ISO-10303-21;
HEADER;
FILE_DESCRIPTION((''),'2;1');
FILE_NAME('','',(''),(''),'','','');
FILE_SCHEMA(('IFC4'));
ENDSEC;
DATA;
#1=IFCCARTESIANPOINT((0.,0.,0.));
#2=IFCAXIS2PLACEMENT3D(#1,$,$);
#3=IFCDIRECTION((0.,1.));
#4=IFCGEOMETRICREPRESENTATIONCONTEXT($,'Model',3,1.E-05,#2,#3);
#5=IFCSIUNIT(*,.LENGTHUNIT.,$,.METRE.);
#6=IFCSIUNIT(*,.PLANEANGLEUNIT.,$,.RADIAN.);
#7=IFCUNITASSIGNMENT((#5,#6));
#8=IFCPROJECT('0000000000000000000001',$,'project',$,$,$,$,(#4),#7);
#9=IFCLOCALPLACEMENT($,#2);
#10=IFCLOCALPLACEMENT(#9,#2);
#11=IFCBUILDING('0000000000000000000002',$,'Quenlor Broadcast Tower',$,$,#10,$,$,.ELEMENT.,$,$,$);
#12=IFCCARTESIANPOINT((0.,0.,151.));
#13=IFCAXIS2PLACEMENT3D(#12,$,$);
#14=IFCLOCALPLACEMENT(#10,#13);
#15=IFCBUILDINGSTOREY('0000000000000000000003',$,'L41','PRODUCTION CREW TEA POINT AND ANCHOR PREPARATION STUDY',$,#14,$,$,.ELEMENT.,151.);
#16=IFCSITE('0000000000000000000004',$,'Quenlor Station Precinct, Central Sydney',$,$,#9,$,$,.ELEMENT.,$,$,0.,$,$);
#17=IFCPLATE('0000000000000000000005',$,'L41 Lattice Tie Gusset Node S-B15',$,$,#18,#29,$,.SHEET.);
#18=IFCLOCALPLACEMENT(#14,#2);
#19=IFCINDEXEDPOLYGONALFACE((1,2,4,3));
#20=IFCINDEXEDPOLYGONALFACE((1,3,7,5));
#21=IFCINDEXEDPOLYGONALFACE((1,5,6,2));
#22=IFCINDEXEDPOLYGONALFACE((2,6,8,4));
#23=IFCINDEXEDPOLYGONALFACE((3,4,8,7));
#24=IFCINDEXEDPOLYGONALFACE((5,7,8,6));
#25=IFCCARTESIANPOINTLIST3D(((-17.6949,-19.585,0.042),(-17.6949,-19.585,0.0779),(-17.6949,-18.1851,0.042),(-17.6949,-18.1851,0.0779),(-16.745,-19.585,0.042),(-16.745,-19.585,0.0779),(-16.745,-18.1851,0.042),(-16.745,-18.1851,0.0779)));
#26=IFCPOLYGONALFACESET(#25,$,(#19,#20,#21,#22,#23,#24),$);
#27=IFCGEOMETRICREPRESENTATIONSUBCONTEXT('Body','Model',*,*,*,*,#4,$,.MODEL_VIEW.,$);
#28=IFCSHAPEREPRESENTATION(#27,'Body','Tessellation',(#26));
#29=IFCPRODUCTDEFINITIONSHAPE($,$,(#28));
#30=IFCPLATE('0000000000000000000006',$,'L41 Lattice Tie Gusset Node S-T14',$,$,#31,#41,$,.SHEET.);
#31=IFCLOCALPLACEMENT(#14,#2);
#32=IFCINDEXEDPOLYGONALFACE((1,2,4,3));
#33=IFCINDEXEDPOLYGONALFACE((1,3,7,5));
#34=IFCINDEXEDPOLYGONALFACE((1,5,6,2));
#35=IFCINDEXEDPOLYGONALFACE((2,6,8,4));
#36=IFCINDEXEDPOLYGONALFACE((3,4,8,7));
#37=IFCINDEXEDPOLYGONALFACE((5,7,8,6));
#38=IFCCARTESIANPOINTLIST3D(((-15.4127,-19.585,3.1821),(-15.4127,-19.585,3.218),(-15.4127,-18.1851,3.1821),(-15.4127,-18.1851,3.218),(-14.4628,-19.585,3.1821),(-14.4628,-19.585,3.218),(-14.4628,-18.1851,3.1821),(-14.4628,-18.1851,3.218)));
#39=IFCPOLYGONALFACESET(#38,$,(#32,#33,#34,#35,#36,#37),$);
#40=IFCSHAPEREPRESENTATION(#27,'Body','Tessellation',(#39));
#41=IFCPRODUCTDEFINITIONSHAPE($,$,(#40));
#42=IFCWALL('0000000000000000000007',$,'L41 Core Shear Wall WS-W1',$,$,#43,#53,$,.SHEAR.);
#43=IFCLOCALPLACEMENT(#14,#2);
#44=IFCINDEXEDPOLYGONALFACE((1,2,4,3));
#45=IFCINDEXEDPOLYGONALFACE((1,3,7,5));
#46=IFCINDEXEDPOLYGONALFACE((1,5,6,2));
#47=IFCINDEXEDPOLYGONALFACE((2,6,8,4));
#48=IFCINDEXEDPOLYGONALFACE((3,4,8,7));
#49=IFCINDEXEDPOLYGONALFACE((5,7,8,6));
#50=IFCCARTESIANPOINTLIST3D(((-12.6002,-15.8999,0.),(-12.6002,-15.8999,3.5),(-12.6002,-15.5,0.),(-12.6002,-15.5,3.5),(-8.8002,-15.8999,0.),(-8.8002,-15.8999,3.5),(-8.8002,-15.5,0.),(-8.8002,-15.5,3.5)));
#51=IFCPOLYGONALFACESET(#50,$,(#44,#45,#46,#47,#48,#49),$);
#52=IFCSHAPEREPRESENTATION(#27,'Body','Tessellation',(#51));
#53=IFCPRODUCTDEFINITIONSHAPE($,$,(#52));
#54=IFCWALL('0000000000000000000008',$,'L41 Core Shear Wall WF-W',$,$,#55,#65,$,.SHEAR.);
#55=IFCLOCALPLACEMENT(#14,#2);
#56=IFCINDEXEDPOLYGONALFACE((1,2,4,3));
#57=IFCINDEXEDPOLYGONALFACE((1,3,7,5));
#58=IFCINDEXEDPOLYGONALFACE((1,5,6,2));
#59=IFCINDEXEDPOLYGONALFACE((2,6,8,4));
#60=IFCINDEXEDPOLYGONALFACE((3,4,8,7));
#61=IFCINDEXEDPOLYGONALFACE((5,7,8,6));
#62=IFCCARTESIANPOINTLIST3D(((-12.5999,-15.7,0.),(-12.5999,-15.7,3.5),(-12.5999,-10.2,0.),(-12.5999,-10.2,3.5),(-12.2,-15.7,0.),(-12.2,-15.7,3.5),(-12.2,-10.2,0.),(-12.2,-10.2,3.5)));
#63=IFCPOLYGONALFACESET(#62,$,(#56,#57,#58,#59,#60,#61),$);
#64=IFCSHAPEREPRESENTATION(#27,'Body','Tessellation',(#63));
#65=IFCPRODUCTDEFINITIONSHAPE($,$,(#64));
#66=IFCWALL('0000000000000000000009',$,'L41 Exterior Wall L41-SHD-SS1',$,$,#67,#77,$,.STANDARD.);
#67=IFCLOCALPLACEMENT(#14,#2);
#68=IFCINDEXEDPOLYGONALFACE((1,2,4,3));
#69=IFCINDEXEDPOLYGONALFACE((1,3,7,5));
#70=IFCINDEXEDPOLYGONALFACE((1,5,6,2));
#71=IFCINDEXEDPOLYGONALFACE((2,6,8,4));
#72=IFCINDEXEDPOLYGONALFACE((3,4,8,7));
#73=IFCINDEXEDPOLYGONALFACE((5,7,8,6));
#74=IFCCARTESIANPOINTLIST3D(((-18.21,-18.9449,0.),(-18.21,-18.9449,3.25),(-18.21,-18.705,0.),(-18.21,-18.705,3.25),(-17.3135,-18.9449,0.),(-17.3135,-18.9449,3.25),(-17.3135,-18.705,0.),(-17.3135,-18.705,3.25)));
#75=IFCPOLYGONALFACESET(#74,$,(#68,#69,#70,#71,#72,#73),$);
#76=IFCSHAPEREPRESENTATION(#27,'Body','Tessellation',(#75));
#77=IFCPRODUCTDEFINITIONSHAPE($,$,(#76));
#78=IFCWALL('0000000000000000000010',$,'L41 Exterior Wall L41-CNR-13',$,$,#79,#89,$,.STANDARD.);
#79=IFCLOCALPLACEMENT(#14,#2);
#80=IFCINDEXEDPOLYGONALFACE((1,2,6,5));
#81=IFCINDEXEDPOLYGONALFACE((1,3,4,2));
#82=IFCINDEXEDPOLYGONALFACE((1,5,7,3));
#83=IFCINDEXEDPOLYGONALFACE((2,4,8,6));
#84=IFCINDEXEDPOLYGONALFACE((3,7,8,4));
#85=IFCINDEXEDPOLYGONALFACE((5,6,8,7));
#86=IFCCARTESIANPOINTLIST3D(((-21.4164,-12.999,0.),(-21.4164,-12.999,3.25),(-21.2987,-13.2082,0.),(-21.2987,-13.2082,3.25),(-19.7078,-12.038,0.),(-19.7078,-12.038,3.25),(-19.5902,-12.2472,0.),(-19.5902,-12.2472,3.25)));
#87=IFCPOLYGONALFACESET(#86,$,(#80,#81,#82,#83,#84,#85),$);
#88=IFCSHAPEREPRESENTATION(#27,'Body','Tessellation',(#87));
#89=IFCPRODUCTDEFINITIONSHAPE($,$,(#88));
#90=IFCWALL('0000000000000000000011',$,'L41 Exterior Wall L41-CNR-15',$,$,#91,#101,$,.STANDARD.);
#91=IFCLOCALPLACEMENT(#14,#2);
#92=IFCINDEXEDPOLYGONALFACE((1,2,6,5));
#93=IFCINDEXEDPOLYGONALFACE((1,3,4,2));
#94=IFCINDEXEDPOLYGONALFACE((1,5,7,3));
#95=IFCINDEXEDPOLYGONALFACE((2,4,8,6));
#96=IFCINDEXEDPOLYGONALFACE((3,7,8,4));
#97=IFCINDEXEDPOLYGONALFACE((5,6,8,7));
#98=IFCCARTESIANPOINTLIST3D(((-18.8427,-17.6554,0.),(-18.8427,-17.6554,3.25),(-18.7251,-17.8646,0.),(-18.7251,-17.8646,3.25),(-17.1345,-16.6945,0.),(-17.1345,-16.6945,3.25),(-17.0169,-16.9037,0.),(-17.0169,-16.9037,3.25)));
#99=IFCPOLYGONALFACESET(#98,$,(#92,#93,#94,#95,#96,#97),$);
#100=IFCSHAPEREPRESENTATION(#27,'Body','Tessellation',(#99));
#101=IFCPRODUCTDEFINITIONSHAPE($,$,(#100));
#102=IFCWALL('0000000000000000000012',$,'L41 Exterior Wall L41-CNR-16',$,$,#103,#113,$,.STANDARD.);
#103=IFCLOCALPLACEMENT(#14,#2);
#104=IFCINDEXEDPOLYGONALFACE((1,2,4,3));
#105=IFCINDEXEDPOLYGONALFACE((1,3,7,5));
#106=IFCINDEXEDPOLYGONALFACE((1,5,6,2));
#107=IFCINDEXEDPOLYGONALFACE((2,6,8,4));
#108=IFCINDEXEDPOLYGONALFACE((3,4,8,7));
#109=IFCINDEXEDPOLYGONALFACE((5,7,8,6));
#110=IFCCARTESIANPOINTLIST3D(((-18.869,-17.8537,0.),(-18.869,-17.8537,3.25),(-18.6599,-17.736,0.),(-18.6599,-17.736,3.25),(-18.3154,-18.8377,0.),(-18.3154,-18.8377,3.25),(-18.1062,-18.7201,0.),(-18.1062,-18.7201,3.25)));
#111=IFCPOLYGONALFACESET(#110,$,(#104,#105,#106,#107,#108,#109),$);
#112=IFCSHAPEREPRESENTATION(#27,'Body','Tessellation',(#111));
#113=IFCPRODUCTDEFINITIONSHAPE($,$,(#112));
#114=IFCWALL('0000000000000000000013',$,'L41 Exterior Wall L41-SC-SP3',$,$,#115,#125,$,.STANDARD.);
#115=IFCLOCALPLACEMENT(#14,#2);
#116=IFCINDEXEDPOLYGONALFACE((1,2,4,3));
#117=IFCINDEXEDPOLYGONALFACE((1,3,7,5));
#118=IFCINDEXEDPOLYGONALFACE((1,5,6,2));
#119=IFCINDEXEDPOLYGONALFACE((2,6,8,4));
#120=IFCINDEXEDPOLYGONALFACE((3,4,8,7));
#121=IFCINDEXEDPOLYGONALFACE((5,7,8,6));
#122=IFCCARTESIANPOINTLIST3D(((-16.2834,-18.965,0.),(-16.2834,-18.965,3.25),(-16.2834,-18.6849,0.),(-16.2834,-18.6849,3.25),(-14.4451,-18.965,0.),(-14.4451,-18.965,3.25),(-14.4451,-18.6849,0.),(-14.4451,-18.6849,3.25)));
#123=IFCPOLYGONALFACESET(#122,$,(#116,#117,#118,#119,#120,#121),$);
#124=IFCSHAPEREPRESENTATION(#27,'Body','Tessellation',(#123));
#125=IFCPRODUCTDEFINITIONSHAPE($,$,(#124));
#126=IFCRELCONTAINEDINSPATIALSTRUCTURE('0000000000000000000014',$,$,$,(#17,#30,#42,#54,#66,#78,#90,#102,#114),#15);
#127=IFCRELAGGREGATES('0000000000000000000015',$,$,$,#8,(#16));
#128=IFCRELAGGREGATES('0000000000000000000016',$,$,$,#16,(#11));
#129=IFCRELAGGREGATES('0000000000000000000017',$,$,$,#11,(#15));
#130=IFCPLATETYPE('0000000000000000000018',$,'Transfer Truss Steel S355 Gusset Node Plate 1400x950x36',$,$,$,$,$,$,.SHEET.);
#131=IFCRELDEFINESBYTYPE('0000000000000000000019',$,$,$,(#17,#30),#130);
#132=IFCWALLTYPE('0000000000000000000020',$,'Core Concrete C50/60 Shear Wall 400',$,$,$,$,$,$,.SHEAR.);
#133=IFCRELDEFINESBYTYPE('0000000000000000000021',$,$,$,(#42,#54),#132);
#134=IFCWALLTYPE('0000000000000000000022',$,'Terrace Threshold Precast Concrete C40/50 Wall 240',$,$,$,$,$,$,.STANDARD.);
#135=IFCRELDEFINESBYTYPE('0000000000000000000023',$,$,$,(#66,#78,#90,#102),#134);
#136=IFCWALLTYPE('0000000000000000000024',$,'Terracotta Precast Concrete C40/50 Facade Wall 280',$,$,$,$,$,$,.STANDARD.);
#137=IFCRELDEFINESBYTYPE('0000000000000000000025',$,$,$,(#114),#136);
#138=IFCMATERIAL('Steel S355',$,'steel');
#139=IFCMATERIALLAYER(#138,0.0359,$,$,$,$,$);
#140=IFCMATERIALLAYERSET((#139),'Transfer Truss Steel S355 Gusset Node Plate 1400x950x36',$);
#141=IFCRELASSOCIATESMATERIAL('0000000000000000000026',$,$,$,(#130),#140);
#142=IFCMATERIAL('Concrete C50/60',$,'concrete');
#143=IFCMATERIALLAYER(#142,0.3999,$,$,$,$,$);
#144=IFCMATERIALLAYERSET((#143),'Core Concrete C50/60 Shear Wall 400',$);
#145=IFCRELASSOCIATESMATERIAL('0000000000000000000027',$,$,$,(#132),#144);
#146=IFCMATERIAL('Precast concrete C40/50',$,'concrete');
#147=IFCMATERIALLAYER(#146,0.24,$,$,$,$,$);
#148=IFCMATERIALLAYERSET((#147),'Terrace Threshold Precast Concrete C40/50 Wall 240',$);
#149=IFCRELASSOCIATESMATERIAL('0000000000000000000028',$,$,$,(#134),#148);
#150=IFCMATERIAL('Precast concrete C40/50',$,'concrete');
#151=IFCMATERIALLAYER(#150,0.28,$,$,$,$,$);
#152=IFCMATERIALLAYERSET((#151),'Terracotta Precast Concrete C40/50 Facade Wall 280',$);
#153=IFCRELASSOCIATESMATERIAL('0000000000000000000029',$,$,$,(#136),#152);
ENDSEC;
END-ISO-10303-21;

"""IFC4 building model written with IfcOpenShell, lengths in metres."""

from ifc_helpers import new_model, si_unit, direction, frame, frame_2d, origin, origin_2d, place, context, subcontext, project, spatial, rectangle, extrude, material, layer, layer_set, type_object, element, save


model = new_model("IFC4")

# Units and contexts
model_context = context("Model", 3, precision=1e-05, world=origin(), true_north=direction((0.0, 1.0)))
body_context = subcontext(model_context, "Body", "Model", "MODEL_VIEW")
ifc_project = project(units=[si_unit("LENGTHUNIT", "METRE"), si_unit("PLANEANGLEUNIT", "RADIAN")], contexts=[model_context])

# Site, building, storey
site_placement = place(None, origin())
site = spatial("IfcSite", under=ifc_project, at=site_placement, Name="Quenlor Station Precinct, Central Sydney", CompositionType="ELEMENT", RefElevation=0.0)
building_placement = place(site_placement, origin())
building = spatial("IfcBuilding", under=site, at=building_placement, Name="Quenlor Broadcast Tower", CompositionType="ELEMENT")
storey_placement = place(building_placement, frame((0.0, 0.0, 151.0)))
storey = spatial("IfcBuildingStorey", under=building, at=storey_placement, Name="L41", Description="PRODUCTION CREW TEA POINT AND ANCHOR PREPARATION STUDY", CompositionType="ELEMENT", Elevation=151.0)

# Plates
ifc_material_1 = material(Name="Steel S355", Category="steel")
ifc_layer_1 = layer(ifc_material_1, 0.0359)
ifc_layer_set_1 = layer_set([ifc_layer_1], Name="Transfer Truss Steel S355 Gusset Node Plate 1400x950x36")
plate_type_1 = type_object("IfcPlateType", Name="Transfer Truss Steel S355 Gusset Node Plate 1400x950x36", PredefinedType="SHEET", material=ifc_layer_set_1)
for number, where, z_axis, x_axis, name in (
    (1, (-17.22, -18.885, 0.042), (0.0, 0.0, 1.0), (0.0, -1.0, 0.0), "L41 Lattice Tie Gusset Node S-B15"),
    (2, (-14.9377, -18.885, 3.1821), (0.0, 0.0, 1.0), (0.0, -1.0, 0.0), "L41 Lattice Tie Gusset Node S-T14"),
):
    element("IfcPlate", number, at=place(storey_placement, frame(where, z_axis=z_axis, x_axis=x_axis)), inside=storey, type_object=plate_type_1, Name=name, PredefinedType="SHEET", context=body_context, shape_type="SweptSolid", body=[
        extrude(rectangle(XDim=1.3999, YDim=0.95, at=origin_2d()), origin(), (0.0, 0.0, 1.0), 0.0359),
    ])

# Walls
ifc_material_2 = material(Name="Concrete C50/60", Category="concrete")
ifc_layer_2 = layer(ifc_material_2, 0.3999)
ifc_layer_set_2 = layer_set([ifc_layer_2], Name="Core Concrete C50/60 Shear Wall 400")
wall_type_1 = type_object("IfcWallType", Name="Core Concrete C50/60 Shear Wall 400", PredefinedType="SHEAR", material=ifc_layer_set_2)
wall_1_placement = place(storey_placement, frame((-12.6001, -15.7, 0.0), z_axis=(0.0, 0.0, 1.0), x_axis=(1.0, 0.0, 0.0)))
element("IfcWall", 3, at=wall_1_placement, inside=storey, type_object=wall_type_1, Name="L41 Core Shear Wall WS-W1", PredefinedType="SHEAR", context=body_context, shape_type="SweptSolid", body=[
    extrude(rectangle(XDim=3.8, YDim=0.3999, at=frame_2d((1.8999, 0.0))), origin(), (0.0, 0.0, 1.0), 3.5),
])
wall_2_placement = place(storey_placement, frame((-12.3999, -15.7, 0.0), z_axis=(0.0, 0.0, 1.0), x_axis=(0.0, 1.0, 0.0)))
element("IfcWall", 4, at=wall_2_placement, inside=storey, type_object=wall_type_1, Name="L41 Core Shear Wall WF-W", PredefinedType="SHEAR", context=body_context, shape_type="SweptSolid", body=[
    extrude(rectangle(XDim=5.5, YDim=0.3999, at=frame_2d((2.75, 0.0))), origin(), (0.0, 0.0, 1.0), 3.5),
])
ifc_material_3 = material(Name="Precast concrete C40/50", Category="concrete")
ifc_layer_3 = layer(ifc_material_3, 0.24)
ifc_layer_set_3 = layer_set([ifc_layer_3], Name="Terrace Threshold Precast Concrete C40/50 Wall 240")
wall_type_2 = type_object("IfcWallType", Name="Terrace Threshold Precast Concrete C40/50 Wall 240", PredefinedType="STANDARD", material=ifc_layer_set_3)
wall_3_placement = place(storey_placement, frame((-17.3135, -18.825, 0.0), z_axis=(0.0, 0.0, 1.0), x_axis=(-1.0, 0.0, 0.0)))
element("IfcWall", 5, at=wall_3_placement, inside=storey, type_object=wall_type_2, Name="L41 Exterior Wall L41-SHD-SS1", PredefinedType="STANDARD", context=body_context, shape_type="SweptSolid", body=[
    extrude(rectangle(XDim=0.8965, YDim=0.24, at=frame_2d((0.4482, 0.0))), origin(), (0.0, 0.0, 1.0), 3.25),
])
wall_4_placement = place(storey_placement, frame((-21.3574, -13.1035, 0.0), z_axis=(0.0, 0.0, 1.0), x_axis=(0.871595, 0.490226, 0.0)))
element("IfcWall", 6, at=wall_4_placement, inside=storey, type_object=wall_type_2, Name="L41 Exterior Wall L41-CNR-13", PredefinedType="STANDARD", context=body_context, shape_type="SweptSolid", body=[
    extrude(rectangle(XDim=1.9602, YDim=0.24, at=frame_2d((0.98, 0.0))), origin(), (0.0, 0.0, 1.0), 3.25),
])
wall_5_placement = place(storey_placement, frame((-17.0757, -16.7991, 0.0), z_axis=(0.0, 0.0, 1.0), x_axis=(-0.871566, -0.490279, 0.0)))
element("IfcWall", 7, at=wall_5_placement, inside=storey, type_object=wall_type_2, Name="L41 Exterior Wall L41-CNR-15", PredefinedType="STANDARD", context=body_context, shape_type="SweptSolid", body=[
    extrude(rectangle(XDim=1.96, YDim=0.24, at=frame_2d((0.98, 0.0))), origin(), (0.0, 0.0, 1.0), 3.25),
])
wall_6_placement = place(storey_placement, frame((-18.7644, -17.7949, 0.0), z_axis=(0.0, 0.0, 1.0), x_axis=(0.490354, -0.871524, 0.0)))
element("IfcWall", 8, at=wall_6_placement, inside=storey, type_object=wall_type_2, Name="L41 Exterior Wall L41-CNR-16", PredefinedType="STANDARD", context=body_context, shape_type="SweptSolid", body=[
    extrude(rectangle(XDim=1.1292, YDim=0.24, at=frame_2d((0.5645, 0.0))), origin(), (0.0, 0.0, 1.0), 3.25),
])
ifc_material_4 = material(Name="Precast concrete C40/50", Category="concrete")
ifc_layer_4 = layer(ifc_material_4, 0.28)
ifc_layer_set_4 = layer_set([ifc_layer_4], Name="Terracotta Precast Concrete C40/50 Facade Wall 280")
wall_type_3 = type_object("IfcWallType", Name="Terracotta Precast Concrete C40/50 Facade Wall 280", PredefinedType="STANDARD", material=ifc_layer_set_4)
wall_7_placement = place(storey_placement, frame((-14.4451, -18.825, 0.0), z_axis=(0.0, 0.0, 1.0), x_axis=(-1.0, 0.0, 0.0)))
element("IfcWall", 9, at=wall_7_placement, inside=storey, type_object=wall_type_3, Name="L41 Exterior Wall L41-SC-SP3", PredefinedType="STANDARD", context=body_context, shape_type="SweptSolid", body=[
    extrude(rectangle(XDim=1.8384, YDim=0.28, at=frame_2d((0.9192, 0.0))), origin(), (0.0, 0.0, 1.0), 3.25),
])

save(model, "model.ifc")
